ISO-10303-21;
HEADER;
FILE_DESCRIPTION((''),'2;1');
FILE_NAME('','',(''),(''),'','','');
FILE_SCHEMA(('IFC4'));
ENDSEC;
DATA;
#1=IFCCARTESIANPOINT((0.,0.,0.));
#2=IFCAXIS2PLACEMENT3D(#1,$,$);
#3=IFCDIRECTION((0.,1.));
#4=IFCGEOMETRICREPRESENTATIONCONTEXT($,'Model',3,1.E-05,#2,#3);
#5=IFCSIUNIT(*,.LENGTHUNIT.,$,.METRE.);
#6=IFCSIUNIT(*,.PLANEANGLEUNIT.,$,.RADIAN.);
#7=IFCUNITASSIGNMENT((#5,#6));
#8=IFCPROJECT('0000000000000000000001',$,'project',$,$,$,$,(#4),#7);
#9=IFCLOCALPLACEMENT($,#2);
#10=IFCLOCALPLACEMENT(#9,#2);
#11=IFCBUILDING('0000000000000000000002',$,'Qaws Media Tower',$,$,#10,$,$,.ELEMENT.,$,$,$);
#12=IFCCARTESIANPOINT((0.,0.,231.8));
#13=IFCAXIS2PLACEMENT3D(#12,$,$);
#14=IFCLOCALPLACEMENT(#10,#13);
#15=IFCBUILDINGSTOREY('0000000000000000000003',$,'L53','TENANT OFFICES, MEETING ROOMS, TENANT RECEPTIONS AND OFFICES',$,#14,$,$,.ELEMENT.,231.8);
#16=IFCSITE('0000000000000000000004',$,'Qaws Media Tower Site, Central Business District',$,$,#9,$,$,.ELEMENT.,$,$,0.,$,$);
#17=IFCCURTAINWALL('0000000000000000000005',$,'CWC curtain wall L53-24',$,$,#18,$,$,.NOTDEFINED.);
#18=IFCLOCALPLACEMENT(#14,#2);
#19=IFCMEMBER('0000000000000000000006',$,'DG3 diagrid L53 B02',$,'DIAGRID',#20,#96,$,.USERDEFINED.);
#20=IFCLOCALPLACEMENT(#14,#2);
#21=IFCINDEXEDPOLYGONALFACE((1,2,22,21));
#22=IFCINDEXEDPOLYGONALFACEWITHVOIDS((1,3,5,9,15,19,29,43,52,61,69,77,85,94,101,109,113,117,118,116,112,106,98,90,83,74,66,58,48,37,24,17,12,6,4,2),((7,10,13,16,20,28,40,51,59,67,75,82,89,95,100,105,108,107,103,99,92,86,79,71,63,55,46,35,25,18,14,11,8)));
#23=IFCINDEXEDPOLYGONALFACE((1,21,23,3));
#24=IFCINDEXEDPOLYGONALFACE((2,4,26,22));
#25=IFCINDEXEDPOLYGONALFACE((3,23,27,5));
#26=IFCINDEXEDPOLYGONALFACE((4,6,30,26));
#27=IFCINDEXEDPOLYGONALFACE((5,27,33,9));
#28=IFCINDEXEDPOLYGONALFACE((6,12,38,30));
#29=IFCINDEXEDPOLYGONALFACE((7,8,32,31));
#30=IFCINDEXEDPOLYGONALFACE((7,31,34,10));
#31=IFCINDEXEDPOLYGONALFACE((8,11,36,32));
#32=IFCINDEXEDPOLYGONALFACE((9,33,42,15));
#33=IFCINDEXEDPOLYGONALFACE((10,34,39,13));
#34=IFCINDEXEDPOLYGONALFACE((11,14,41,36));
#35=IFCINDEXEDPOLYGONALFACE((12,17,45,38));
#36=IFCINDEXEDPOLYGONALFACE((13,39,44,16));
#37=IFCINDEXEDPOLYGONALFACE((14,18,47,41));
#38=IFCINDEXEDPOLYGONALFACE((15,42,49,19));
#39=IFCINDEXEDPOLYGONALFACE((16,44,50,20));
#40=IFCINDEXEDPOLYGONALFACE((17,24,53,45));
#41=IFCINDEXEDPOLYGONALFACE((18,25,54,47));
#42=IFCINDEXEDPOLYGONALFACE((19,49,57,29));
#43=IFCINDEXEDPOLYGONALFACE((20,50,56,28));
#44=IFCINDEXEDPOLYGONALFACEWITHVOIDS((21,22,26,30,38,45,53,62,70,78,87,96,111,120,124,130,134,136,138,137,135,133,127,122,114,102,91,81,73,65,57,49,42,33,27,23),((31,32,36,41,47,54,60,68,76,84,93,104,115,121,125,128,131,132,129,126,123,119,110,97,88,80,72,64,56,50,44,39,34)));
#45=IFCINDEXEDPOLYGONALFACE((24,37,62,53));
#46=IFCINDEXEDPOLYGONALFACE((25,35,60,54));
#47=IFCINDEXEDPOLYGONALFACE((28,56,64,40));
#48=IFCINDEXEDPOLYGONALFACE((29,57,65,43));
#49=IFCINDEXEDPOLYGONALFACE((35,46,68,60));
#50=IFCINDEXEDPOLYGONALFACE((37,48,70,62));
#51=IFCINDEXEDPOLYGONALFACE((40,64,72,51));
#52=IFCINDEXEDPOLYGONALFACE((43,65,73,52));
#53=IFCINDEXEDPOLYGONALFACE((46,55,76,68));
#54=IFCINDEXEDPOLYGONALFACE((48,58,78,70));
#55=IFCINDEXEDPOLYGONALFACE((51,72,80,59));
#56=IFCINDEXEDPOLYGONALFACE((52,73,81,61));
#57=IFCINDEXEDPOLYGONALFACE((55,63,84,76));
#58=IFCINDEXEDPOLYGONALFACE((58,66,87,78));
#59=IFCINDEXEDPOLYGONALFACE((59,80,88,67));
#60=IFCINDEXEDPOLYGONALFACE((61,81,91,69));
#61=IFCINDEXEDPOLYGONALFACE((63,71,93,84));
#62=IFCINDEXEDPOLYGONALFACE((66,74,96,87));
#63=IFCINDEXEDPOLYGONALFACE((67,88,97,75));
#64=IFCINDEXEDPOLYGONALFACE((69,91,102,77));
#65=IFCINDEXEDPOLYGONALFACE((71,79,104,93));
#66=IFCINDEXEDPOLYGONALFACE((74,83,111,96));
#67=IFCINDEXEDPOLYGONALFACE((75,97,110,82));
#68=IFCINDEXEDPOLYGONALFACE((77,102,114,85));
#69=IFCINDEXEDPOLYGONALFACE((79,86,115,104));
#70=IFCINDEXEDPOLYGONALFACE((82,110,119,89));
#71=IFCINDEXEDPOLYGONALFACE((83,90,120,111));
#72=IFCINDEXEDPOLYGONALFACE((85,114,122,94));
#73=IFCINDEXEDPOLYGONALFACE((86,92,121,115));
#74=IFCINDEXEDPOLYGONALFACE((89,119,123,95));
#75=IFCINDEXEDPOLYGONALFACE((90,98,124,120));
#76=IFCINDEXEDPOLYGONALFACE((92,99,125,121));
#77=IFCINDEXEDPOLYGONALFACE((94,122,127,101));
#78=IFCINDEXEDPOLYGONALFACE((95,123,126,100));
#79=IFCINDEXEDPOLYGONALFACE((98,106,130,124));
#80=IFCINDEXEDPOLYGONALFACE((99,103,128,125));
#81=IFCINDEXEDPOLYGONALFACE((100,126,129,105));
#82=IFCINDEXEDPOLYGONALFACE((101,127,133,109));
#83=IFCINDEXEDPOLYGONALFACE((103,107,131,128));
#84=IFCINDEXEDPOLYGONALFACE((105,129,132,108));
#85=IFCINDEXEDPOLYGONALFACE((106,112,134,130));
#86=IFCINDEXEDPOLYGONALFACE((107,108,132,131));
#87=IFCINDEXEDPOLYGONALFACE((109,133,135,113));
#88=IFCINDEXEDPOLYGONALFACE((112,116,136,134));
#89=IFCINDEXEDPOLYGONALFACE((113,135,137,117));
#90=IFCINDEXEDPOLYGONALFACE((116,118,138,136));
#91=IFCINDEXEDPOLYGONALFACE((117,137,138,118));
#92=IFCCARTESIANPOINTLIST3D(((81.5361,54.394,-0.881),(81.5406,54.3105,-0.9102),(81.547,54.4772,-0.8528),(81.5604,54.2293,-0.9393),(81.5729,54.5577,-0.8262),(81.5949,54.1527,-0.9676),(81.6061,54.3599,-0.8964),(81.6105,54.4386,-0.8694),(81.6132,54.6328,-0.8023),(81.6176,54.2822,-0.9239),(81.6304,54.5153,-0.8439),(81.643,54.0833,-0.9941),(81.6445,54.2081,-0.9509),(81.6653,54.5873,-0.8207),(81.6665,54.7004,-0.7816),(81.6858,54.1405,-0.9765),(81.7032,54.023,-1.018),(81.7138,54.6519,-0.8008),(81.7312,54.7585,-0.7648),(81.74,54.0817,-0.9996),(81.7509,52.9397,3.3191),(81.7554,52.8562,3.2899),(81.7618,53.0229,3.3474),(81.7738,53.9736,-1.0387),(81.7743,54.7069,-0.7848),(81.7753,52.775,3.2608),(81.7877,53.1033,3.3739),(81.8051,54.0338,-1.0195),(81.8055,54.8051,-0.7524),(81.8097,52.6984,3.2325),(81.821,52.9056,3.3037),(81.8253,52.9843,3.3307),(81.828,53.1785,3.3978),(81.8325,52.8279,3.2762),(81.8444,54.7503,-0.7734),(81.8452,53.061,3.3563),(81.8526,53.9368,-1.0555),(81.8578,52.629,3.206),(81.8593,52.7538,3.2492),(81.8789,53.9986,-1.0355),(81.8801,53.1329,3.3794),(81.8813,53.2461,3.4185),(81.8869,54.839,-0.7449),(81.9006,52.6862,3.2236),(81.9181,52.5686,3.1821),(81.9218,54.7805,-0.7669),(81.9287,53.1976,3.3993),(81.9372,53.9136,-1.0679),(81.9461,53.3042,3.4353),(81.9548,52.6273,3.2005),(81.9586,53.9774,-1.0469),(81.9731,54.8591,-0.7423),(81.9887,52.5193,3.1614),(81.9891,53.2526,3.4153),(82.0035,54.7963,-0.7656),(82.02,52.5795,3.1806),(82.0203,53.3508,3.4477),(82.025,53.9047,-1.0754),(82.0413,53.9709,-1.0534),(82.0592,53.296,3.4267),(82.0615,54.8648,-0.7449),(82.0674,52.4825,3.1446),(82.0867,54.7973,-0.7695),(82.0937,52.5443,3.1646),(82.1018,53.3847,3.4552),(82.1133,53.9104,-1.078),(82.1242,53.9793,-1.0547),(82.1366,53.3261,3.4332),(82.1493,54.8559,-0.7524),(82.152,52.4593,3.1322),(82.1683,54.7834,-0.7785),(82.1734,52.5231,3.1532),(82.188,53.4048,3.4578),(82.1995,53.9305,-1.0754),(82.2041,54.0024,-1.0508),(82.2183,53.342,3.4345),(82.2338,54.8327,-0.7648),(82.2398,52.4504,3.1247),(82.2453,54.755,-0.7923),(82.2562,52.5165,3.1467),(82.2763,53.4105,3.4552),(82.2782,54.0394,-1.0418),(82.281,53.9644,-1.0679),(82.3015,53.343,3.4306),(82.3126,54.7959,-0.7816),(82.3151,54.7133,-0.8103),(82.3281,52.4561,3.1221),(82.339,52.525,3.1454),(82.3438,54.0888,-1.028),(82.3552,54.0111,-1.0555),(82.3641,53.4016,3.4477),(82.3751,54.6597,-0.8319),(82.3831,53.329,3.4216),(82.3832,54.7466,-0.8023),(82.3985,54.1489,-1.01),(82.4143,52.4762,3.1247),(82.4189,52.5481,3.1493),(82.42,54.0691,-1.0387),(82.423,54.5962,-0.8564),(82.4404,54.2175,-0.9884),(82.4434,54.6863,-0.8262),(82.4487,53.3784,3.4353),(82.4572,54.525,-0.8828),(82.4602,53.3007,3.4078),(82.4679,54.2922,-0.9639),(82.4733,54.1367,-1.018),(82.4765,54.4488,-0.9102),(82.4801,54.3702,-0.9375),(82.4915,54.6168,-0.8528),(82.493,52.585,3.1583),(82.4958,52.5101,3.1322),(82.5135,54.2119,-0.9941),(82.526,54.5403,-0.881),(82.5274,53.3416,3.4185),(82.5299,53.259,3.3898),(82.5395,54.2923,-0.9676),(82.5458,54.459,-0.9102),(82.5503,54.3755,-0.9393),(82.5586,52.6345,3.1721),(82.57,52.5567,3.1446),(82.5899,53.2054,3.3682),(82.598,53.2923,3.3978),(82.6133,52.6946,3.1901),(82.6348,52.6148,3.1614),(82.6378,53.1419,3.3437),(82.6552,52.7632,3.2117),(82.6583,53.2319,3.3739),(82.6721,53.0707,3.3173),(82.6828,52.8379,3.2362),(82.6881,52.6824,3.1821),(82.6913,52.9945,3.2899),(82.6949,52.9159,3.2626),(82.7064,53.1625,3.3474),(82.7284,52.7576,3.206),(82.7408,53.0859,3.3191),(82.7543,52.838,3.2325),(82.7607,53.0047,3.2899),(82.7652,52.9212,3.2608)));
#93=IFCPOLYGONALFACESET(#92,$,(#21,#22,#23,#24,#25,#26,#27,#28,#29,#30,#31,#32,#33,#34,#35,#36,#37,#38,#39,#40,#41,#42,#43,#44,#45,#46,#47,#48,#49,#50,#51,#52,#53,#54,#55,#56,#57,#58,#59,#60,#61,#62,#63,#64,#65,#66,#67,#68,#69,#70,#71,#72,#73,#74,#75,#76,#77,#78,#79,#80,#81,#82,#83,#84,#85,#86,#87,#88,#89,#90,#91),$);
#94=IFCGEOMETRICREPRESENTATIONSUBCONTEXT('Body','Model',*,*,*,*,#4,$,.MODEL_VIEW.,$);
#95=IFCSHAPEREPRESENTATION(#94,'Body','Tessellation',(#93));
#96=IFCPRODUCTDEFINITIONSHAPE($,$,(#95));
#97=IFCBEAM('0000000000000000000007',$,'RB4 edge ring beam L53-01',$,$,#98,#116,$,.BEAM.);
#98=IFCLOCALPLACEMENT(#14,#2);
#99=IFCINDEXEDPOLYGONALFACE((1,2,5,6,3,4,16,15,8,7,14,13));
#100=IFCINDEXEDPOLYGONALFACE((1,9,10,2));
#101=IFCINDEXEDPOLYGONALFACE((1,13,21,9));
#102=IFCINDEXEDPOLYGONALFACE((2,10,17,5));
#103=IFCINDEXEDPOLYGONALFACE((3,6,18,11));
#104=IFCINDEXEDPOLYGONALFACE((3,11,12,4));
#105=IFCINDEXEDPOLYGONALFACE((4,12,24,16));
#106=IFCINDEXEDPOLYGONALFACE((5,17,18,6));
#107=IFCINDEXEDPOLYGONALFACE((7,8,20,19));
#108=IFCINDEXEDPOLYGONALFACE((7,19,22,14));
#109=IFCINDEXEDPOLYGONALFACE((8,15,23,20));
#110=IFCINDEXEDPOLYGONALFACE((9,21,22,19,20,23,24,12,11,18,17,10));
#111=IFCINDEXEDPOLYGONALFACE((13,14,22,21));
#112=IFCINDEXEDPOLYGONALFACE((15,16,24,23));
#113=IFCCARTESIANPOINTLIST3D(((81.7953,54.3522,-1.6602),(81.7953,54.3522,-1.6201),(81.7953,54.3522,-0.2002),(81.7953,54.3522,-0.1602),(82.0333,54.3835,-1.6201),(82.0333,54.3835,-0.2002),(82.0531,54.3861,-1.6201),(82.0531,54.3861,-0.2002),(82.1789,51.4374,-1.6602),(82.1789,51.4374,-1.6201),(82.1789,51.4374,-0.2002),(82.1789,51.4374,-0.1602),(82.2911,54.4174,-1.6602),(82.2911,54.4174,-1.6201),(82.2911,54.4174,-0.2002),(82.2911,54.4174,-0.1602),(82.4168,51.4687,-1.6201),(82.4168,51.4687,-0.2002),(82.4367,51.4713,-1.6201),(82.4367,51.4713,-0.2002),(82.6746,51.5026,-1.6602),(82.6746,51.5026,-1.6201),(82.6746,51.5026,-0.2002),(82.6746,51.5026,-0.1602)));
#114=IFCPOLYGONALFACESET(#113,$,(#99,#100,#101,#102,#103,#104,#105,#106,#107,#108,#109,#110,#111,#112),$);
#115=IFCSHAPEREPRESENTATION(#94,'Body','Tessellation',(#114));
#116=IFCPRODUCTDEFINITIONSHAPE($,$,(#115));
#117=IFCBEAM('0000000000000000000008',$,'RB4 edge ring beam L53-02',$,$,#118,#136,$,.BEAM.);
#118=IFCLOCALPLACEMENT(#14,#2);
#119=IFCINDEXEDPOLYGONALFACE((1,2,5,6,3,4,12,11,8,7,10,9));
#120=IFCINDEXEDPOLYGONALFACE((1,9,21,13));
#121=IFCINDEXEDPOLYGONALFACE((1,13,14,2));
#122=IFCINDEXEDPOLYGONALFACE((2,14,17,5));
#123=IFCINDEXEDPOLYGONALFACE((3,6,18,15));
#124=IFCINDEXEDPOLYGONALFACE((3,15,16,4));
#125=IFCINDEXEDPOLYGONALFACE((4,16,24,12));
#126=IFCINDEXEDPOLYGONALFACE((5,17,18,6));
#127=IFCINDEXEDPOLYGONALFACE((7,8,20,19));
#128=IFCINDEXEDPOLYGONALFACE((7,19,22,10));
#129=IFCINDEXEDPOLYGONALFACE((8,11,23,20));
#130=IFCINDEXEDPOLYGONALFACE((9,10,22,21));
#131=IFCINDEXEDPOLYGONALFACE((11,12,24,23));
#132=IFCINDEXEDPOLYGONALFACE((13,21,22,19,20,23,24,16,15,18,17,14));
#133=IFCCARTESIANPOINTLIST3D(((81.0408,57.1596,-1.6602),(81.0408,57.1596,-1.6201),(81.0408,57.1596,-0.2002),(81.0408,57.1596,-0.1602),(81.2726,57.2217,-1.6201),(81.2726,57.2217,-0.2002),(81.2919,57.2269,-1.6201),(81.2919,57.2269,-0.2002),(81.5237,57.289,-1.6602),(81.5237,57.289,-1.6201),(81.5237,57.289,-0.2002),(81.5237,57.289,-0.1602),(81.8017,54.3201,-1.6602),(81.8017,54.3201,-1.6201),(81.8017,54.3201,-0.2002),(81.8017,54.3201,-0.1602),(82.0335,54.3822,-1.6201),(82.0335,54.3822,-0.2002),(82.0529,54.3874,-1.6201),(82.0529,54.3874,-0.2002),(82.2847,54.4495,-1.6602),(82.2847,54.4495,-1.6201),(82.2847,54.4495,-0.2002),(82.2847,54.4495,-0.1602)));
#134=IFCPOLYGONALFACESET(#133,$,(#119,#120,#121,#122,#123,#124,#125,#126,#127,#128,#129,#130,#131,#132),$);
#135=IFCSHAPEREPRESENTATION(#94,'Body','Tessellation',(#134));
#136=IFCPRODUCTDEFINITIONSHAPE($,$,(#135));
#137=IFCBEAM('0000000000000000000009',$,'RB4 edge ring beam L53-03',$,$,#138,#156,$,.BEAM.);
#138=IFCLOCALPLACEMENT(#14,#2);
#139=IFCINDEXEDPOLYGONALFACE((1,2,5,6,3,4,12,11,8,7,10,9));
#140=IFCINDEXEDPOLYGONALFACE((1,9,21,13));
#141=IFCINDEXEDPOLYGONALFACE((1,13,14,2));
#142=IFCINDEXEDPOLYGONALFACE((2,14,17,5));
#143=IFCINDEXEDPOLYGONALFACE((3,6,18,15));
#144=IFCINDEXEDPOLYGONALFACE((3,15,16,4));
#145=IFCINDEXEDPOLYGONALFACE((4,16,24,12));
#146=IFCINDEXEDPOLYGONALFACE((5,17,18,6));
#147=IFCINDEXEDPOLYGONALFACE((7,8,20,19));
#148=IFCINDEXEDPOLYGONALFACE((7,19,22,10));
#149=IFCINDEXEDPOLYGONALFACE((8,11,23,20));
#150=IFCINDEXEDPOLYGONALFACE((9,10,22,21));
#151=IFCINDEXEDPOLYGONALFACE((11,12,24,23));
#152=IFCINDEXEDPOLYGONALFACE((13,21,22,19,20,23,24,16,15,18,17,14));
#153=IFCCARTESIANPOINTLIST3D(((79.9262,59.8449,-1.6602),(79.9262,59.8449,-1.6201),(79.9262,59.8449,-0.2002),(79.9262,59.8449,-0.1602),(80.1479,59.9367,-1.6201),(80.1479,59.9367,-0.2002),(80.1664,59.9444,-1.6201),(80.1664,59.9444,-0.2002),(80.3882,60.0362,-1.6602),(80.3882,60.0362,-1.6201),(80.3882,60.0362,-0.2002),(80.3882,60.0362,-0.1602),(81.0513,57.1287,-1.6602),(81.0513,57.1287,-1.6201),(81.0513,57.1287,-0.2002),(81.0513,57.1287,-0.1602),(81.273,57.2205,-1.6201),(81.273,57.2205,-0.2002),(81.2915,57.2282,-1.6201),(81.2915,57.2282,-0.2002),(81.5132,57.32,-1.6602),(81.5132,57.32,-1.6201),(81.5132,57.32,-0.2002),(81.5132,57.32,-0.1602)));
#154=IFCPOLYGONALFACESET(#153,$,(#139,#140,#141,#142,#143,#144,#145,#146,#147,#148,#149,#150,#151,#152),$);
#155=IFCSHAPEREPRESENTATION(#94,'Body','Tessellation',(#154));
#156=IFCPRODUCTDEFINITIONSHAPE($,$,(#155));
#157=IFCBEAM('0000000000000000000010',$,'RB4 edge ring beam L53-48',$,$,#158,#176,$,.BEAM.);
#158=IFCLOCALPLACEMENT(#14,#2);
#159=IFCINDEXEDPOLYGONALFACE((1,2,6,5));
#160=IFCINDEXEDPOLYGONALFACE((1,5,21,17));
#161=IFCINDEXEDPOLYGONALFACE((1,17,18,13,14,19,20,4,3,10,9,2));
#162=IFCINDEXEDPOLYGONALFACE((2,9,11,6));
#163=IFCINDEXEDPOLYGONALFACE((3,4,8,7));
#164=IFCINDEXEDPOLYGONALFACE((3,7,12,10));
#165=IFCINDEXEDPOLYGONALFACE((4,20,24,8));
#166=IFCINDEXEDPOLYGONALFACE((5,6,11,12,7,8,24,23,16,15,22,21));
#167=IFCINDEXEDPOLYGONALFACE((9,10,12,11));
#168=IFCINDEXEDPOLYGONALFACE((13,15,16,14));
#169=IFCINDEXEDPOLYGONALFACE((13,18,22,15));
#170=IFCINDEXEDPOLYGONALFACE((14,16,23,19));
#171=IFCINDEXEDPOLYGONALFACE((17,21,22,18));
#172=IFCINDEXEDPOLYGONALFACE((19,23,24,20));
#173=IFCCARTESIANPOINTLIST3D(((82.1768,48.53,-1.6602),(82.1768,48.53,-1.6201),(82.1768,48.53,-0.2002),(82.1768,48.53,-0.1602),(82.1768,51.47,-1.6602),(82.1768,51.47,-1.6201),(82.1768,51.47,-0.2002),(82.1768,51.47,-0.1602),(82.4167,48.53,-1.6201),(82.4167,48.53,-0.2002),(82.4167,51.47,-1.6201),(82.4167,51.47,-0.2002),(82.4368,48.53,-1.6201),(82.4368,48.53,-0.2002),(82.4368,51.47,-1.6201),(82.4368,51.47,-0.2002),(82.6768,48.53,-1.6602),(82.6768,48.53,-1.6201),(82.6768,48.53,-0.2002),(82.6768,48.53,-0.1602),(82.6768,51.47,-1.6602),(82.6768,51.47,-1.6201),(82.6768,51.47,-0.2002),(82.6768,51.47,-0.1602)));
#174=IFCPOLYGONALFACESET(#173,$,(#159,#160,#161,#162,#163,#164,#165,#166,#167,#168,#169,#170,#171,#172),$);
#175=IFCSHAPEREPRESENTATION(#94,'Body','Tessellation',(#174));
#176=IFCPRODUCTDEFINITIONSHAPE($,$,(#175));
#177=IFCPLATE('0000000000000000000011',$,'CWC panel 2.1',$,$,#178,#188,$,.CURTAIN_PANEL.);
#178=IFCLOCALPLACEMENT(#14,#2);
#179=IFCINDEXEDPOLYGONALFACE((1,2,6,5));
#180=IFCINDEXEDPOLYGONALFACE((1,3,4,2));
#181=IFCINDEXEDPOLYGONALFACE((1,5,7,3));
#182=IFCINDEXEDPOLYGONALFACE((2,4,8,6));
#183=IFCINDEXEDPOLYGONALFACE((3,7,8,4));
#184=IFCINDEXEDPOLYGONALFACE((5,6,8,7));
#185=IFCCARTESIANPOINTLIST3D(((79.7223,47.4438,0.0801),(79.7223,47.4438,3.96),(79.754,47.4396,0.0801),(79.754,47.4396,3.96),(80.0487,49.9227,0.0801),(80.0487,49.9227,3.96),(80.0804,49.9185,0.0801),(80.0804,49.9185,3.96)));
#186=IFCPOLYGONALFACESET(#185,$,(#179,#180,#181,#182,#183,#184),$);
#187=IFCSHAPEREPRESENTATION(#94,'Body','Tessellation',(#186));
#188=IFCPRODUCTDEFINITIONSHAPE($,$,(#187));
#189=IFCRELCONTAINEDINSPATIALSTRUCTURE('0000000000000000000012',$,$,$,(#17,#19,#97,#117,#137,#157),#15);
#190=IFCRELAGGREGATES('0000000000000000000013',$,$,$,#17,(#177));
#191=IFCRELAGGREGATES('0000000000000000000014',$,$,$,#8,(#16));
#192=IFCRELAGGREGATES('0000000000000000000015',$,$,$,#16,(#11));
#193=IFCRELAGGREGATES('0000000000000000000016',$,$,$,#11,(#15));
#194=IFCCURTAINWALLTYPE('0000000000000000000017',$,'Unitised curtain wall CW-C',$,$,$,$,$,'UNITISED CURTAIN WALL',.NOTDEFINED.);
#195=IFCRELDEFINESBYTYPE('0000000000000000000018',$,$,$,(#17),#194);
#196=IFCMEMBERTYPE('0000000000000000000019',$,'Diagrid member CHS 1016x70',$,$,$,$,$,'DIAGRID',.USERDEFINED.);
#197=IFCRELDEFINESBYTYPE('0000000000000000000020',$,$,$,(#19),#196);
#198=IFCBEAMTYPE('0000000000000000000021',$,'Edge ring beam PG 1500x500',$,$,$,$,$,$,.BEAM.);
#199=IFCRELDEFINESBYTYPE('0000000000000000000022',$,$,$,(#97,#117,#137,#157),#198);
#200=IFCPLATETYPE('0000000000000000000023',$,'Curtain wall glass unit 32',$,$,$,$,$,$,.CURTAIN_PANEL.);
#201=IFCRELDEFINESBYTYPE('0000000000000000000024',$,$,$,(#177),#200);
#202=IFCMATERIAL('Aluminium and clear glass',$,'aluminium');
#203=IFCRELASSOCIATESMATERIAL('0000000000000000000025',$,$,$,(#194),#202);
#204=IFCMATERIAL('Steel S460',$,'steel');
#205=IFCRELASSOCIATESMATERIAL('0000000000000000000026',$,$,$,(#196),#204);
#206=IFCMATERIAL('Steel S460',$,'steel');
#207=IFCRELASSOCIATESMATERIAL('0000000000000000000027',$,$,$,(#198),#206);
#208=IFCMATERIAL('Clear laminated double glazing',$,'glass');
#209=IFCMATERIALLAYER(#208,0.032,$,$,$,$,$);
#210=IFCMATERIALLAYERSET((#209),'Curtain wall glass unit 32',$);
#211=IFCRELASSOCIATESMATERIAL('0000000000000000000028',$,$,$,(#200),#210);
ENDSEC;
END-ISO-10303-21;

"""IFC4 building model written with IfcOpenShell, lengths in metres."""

from ifc_helpers import new_model, si_unit, direction, frame, origin, origin_2d, place, context, subcontext, project, spatial, rectangle, hollow_circle, i_section, extrude, material, layer, layer_set, material_profile, profile_set, type_object, element, aggregate, save


model = new_model("IFC4")

# Units and contexts
model_context = context("Model", 3, precision=1e-05, world=origin(), true_north=direction((0.0, 1.0)))
body_context = subcontext(model_context, "Body", "Model", "MODEL_VIEW")
ifc_project = project(units=[si_unit("LENGTHUNIT", "METRE"), si_unit("PLANEANGLEUNIT", "RADIAN")], contexts=[model_context])

# Site, building, storey
site_placement = place(None, origin())
site = spatial("IfcSite", under=ifc_project, at=site_placement, Name="Qaws Media Tower Site, Central Business District", CompositionType="ELEMENT", RefElevation=0.0)
building_placement = place(site_placement, origin())
building = spatial("IfcBuilding", under=site, at=building_placement, Name="Qaws Media Tower", CompositionType="ELEMENT")
storey_placement = place(building_placement, frame((0.0, 0.0, 231.8)))
storey = spatial("IfcBuildingStorey", under=building, at=storey_placement, Name="L53", Description="TENANT OFFICES, MEETING ROOMS, TENANT RECEPTIONS AND OFFICES", CompositionType="ELEMENT", Elevation=231.8)

# Curtain wall
ifc_material_1 = material(Name="Aluminium and clear glass", Category="aluminium")
curtain_wall_type = type_object("IfcCurtainWallType", Name="Unitised curtain wall CW-C", ElementType="UNITISED CURTAIN WALL", PredefinedType="NOTDEFINED", material=ifc_material_1)
curtain_wall_1_placement = place(storey_placement, origin())
curtain_wall_1 = element("IfcCurtainWall", 1, at=curtain_wall_1_placement, inside=storey, type_object=curtain_wall_type, Name="CWC curtain wall L53-24", PredefinedType="NOTDEFINED")

# Member
ifc_material_2 = material(Name="Steel S460", Category="steel")
ifc_material_profile_1 = material_profile(ifc_material_2, hollow_circle(Radius=0.5081, WallThickness=0.0701, at=origin_2d()), Name="CHS 1016x70")
ifc_profile_set_1 = profile_set([ifc_material_profile_1], Name="Steel S460")
member_type_1 = type_object("IfcMemberType", Name="Diagrid member CHS 1016x70", ElementType="DIAGRID", PredefinedType="USERDEFINED", material=ifc_profile_set_1)
for number, where, z_axis, x_axis, name in (
    (2, (82.0432, 54.3848, -0.9102), (0.048279, -0.326816, 0.943854), (0.989264, 0.146139, 0.0), "DG3 diagrid L53 B02"),
):
    element("IfcMember", number, at=place(storey_placement, frame(where, z_axis=z_axis, x_axis=x_axis)), inside=storey, type_object=member_type_1, Name=name, ObjectType="DIAGRID", PredefinedType="USERDEFINED", context=body_context, shape_type="SweptSolid", body=[
        extrude(hollow_circle(Radius=0.5081, WallThickness=0.0701, at=origin_2d()), origin(), (0.0, 0.0, 1.0), 4.45),
    ])

# Beams
ifc_material_3 = material(Name="Steel S460", Category="steel")
ifc_material_profile_2 = material_profile(ifc_material_3, i_section(OverallWidth=0.5, OverallDepth=1.5, WebThickness=0.02, FlangeThickness=0.04, at=origin_2d()), Name="PG 1500x500")
ifc_profile_set_2 = profile_set([ifc_material_profile_2], Name="Steel S460")
beam_type = type_object("IfcBeamType", Name="Edge ring beam PG 1500x500", PredefinedType="BEAM", material=ifc_profile_set_2)
beam_1_placement = place(storey_placement, frame((82.4268, 51.47, -0.9102), z_axis=(-0.130461, 0.991453, 0.0), x_axis=(-0.991453, -0.130461, 0.0)))
element("IfcBeam", 3, at=beam_1_placement, inside=storey, type_object=beam_type, Name="RB4 edge ring beam L53-01", PredefinedType="BEAM", context=body_context, shape_type="SweptSolid", body=[
    extrude(i_section(OverallWidth=0.5, OverallDepth=1.5, WebThickness=0.02, FlangeThickness=0.04, at=origin_2d()), origin(), (0.0, 0.0, 1.0), 2.9399),
])
beam_2_placement = place(storey_placement, frame((82.0432, 54.3848, -0.9102), z_axis=(-0.258856, 0.965916, 0.0), x_axis=(-0.965916, -0.258856, 0.0)))
element("IfcBeam", 4, at=beam_2_placement, inside=storey, type_object=beam_type, Name="RB4 edge ring beam L53-02", PredefinedType="BEAM", context=body_context, shape_type="SweptSolid", body=[
    extrude(i_section(OverallWidth=0.5, OverallDepth=1.5, WebThickness=0.02, FlangeThickness=0.04, at=origin_2d()), origin(), (0.0, 0.0, 1.0), 2.9397),
])
for number, where, z_axis, x_axis, name in (
    (5, (81.2822, 57.2244, -0.9102), (-0.382675, 0.923883, 0.0), (-0.923883, -0.382675, 0.0), "RB4 edge ring beam L53-03"),
    (6, (82.4268, 48.53, -0.9102), (0.0, 1.0, 0.0), (-1.0, 0.0, 0.0), "RB4 edge ring beam L53-48"),
):
    element("IfcBeam", number, at=place(storey_placement, frame(where, z_axis=z_axis, x_axis=x_axis)), inside=storey, type_object=beam_type, Name=name, PredefinedType="BEAM", context=body_context, shape_type="SweptSolid", body=[
        extrude(i_section(OverallWidth=0.5, OverallDepth=1.5, WebThickness=0.02, FlangeThickness=0.04, at=origin_2d()), origin(), (0.0, 0.0, 1.0), 2.9399),
    ])

# Plate
ifc_material_4 = material(Name="Clear laminated double glazing", Category="glass")
ifc_layer_1 = layer(ifc_material_4, 0.032)
ifc_layer_set_1 = layer_set([ifc_layer_1], Name="Curtain wall glass unit 32")
plate_type_1 = type_object("IfcPlateType", Name="Curtain wall glass unit 32", PredefinedType="CURTAIN_PANEL", material=ifc_layer_set_1)
plate_1_placement = place(storey_placement, frame((79.9014, 48.6812, 0.0801), z_axis=(0.0, 0.0, 1.0), x_axis=(0.130526, 0.991445, 0.0)))
plate_1 = element("IfcPlate", 7, at=plate_1_placement, type_object=plate_type_1, Name="CWC panel 2.1", PredefinedType="CURTAIN_PANEL", context=body_context, shape_type="SweptSolid", body=[
    extrude(rectangle(XDim=2.5002, YDim=0.032, at=origin_2d()), origin(), (0.0, 0.0, 1.0), 3.8799),
])
aggregate(curtain_wall_1, [plate_1])

save(model, "model.ifc")
